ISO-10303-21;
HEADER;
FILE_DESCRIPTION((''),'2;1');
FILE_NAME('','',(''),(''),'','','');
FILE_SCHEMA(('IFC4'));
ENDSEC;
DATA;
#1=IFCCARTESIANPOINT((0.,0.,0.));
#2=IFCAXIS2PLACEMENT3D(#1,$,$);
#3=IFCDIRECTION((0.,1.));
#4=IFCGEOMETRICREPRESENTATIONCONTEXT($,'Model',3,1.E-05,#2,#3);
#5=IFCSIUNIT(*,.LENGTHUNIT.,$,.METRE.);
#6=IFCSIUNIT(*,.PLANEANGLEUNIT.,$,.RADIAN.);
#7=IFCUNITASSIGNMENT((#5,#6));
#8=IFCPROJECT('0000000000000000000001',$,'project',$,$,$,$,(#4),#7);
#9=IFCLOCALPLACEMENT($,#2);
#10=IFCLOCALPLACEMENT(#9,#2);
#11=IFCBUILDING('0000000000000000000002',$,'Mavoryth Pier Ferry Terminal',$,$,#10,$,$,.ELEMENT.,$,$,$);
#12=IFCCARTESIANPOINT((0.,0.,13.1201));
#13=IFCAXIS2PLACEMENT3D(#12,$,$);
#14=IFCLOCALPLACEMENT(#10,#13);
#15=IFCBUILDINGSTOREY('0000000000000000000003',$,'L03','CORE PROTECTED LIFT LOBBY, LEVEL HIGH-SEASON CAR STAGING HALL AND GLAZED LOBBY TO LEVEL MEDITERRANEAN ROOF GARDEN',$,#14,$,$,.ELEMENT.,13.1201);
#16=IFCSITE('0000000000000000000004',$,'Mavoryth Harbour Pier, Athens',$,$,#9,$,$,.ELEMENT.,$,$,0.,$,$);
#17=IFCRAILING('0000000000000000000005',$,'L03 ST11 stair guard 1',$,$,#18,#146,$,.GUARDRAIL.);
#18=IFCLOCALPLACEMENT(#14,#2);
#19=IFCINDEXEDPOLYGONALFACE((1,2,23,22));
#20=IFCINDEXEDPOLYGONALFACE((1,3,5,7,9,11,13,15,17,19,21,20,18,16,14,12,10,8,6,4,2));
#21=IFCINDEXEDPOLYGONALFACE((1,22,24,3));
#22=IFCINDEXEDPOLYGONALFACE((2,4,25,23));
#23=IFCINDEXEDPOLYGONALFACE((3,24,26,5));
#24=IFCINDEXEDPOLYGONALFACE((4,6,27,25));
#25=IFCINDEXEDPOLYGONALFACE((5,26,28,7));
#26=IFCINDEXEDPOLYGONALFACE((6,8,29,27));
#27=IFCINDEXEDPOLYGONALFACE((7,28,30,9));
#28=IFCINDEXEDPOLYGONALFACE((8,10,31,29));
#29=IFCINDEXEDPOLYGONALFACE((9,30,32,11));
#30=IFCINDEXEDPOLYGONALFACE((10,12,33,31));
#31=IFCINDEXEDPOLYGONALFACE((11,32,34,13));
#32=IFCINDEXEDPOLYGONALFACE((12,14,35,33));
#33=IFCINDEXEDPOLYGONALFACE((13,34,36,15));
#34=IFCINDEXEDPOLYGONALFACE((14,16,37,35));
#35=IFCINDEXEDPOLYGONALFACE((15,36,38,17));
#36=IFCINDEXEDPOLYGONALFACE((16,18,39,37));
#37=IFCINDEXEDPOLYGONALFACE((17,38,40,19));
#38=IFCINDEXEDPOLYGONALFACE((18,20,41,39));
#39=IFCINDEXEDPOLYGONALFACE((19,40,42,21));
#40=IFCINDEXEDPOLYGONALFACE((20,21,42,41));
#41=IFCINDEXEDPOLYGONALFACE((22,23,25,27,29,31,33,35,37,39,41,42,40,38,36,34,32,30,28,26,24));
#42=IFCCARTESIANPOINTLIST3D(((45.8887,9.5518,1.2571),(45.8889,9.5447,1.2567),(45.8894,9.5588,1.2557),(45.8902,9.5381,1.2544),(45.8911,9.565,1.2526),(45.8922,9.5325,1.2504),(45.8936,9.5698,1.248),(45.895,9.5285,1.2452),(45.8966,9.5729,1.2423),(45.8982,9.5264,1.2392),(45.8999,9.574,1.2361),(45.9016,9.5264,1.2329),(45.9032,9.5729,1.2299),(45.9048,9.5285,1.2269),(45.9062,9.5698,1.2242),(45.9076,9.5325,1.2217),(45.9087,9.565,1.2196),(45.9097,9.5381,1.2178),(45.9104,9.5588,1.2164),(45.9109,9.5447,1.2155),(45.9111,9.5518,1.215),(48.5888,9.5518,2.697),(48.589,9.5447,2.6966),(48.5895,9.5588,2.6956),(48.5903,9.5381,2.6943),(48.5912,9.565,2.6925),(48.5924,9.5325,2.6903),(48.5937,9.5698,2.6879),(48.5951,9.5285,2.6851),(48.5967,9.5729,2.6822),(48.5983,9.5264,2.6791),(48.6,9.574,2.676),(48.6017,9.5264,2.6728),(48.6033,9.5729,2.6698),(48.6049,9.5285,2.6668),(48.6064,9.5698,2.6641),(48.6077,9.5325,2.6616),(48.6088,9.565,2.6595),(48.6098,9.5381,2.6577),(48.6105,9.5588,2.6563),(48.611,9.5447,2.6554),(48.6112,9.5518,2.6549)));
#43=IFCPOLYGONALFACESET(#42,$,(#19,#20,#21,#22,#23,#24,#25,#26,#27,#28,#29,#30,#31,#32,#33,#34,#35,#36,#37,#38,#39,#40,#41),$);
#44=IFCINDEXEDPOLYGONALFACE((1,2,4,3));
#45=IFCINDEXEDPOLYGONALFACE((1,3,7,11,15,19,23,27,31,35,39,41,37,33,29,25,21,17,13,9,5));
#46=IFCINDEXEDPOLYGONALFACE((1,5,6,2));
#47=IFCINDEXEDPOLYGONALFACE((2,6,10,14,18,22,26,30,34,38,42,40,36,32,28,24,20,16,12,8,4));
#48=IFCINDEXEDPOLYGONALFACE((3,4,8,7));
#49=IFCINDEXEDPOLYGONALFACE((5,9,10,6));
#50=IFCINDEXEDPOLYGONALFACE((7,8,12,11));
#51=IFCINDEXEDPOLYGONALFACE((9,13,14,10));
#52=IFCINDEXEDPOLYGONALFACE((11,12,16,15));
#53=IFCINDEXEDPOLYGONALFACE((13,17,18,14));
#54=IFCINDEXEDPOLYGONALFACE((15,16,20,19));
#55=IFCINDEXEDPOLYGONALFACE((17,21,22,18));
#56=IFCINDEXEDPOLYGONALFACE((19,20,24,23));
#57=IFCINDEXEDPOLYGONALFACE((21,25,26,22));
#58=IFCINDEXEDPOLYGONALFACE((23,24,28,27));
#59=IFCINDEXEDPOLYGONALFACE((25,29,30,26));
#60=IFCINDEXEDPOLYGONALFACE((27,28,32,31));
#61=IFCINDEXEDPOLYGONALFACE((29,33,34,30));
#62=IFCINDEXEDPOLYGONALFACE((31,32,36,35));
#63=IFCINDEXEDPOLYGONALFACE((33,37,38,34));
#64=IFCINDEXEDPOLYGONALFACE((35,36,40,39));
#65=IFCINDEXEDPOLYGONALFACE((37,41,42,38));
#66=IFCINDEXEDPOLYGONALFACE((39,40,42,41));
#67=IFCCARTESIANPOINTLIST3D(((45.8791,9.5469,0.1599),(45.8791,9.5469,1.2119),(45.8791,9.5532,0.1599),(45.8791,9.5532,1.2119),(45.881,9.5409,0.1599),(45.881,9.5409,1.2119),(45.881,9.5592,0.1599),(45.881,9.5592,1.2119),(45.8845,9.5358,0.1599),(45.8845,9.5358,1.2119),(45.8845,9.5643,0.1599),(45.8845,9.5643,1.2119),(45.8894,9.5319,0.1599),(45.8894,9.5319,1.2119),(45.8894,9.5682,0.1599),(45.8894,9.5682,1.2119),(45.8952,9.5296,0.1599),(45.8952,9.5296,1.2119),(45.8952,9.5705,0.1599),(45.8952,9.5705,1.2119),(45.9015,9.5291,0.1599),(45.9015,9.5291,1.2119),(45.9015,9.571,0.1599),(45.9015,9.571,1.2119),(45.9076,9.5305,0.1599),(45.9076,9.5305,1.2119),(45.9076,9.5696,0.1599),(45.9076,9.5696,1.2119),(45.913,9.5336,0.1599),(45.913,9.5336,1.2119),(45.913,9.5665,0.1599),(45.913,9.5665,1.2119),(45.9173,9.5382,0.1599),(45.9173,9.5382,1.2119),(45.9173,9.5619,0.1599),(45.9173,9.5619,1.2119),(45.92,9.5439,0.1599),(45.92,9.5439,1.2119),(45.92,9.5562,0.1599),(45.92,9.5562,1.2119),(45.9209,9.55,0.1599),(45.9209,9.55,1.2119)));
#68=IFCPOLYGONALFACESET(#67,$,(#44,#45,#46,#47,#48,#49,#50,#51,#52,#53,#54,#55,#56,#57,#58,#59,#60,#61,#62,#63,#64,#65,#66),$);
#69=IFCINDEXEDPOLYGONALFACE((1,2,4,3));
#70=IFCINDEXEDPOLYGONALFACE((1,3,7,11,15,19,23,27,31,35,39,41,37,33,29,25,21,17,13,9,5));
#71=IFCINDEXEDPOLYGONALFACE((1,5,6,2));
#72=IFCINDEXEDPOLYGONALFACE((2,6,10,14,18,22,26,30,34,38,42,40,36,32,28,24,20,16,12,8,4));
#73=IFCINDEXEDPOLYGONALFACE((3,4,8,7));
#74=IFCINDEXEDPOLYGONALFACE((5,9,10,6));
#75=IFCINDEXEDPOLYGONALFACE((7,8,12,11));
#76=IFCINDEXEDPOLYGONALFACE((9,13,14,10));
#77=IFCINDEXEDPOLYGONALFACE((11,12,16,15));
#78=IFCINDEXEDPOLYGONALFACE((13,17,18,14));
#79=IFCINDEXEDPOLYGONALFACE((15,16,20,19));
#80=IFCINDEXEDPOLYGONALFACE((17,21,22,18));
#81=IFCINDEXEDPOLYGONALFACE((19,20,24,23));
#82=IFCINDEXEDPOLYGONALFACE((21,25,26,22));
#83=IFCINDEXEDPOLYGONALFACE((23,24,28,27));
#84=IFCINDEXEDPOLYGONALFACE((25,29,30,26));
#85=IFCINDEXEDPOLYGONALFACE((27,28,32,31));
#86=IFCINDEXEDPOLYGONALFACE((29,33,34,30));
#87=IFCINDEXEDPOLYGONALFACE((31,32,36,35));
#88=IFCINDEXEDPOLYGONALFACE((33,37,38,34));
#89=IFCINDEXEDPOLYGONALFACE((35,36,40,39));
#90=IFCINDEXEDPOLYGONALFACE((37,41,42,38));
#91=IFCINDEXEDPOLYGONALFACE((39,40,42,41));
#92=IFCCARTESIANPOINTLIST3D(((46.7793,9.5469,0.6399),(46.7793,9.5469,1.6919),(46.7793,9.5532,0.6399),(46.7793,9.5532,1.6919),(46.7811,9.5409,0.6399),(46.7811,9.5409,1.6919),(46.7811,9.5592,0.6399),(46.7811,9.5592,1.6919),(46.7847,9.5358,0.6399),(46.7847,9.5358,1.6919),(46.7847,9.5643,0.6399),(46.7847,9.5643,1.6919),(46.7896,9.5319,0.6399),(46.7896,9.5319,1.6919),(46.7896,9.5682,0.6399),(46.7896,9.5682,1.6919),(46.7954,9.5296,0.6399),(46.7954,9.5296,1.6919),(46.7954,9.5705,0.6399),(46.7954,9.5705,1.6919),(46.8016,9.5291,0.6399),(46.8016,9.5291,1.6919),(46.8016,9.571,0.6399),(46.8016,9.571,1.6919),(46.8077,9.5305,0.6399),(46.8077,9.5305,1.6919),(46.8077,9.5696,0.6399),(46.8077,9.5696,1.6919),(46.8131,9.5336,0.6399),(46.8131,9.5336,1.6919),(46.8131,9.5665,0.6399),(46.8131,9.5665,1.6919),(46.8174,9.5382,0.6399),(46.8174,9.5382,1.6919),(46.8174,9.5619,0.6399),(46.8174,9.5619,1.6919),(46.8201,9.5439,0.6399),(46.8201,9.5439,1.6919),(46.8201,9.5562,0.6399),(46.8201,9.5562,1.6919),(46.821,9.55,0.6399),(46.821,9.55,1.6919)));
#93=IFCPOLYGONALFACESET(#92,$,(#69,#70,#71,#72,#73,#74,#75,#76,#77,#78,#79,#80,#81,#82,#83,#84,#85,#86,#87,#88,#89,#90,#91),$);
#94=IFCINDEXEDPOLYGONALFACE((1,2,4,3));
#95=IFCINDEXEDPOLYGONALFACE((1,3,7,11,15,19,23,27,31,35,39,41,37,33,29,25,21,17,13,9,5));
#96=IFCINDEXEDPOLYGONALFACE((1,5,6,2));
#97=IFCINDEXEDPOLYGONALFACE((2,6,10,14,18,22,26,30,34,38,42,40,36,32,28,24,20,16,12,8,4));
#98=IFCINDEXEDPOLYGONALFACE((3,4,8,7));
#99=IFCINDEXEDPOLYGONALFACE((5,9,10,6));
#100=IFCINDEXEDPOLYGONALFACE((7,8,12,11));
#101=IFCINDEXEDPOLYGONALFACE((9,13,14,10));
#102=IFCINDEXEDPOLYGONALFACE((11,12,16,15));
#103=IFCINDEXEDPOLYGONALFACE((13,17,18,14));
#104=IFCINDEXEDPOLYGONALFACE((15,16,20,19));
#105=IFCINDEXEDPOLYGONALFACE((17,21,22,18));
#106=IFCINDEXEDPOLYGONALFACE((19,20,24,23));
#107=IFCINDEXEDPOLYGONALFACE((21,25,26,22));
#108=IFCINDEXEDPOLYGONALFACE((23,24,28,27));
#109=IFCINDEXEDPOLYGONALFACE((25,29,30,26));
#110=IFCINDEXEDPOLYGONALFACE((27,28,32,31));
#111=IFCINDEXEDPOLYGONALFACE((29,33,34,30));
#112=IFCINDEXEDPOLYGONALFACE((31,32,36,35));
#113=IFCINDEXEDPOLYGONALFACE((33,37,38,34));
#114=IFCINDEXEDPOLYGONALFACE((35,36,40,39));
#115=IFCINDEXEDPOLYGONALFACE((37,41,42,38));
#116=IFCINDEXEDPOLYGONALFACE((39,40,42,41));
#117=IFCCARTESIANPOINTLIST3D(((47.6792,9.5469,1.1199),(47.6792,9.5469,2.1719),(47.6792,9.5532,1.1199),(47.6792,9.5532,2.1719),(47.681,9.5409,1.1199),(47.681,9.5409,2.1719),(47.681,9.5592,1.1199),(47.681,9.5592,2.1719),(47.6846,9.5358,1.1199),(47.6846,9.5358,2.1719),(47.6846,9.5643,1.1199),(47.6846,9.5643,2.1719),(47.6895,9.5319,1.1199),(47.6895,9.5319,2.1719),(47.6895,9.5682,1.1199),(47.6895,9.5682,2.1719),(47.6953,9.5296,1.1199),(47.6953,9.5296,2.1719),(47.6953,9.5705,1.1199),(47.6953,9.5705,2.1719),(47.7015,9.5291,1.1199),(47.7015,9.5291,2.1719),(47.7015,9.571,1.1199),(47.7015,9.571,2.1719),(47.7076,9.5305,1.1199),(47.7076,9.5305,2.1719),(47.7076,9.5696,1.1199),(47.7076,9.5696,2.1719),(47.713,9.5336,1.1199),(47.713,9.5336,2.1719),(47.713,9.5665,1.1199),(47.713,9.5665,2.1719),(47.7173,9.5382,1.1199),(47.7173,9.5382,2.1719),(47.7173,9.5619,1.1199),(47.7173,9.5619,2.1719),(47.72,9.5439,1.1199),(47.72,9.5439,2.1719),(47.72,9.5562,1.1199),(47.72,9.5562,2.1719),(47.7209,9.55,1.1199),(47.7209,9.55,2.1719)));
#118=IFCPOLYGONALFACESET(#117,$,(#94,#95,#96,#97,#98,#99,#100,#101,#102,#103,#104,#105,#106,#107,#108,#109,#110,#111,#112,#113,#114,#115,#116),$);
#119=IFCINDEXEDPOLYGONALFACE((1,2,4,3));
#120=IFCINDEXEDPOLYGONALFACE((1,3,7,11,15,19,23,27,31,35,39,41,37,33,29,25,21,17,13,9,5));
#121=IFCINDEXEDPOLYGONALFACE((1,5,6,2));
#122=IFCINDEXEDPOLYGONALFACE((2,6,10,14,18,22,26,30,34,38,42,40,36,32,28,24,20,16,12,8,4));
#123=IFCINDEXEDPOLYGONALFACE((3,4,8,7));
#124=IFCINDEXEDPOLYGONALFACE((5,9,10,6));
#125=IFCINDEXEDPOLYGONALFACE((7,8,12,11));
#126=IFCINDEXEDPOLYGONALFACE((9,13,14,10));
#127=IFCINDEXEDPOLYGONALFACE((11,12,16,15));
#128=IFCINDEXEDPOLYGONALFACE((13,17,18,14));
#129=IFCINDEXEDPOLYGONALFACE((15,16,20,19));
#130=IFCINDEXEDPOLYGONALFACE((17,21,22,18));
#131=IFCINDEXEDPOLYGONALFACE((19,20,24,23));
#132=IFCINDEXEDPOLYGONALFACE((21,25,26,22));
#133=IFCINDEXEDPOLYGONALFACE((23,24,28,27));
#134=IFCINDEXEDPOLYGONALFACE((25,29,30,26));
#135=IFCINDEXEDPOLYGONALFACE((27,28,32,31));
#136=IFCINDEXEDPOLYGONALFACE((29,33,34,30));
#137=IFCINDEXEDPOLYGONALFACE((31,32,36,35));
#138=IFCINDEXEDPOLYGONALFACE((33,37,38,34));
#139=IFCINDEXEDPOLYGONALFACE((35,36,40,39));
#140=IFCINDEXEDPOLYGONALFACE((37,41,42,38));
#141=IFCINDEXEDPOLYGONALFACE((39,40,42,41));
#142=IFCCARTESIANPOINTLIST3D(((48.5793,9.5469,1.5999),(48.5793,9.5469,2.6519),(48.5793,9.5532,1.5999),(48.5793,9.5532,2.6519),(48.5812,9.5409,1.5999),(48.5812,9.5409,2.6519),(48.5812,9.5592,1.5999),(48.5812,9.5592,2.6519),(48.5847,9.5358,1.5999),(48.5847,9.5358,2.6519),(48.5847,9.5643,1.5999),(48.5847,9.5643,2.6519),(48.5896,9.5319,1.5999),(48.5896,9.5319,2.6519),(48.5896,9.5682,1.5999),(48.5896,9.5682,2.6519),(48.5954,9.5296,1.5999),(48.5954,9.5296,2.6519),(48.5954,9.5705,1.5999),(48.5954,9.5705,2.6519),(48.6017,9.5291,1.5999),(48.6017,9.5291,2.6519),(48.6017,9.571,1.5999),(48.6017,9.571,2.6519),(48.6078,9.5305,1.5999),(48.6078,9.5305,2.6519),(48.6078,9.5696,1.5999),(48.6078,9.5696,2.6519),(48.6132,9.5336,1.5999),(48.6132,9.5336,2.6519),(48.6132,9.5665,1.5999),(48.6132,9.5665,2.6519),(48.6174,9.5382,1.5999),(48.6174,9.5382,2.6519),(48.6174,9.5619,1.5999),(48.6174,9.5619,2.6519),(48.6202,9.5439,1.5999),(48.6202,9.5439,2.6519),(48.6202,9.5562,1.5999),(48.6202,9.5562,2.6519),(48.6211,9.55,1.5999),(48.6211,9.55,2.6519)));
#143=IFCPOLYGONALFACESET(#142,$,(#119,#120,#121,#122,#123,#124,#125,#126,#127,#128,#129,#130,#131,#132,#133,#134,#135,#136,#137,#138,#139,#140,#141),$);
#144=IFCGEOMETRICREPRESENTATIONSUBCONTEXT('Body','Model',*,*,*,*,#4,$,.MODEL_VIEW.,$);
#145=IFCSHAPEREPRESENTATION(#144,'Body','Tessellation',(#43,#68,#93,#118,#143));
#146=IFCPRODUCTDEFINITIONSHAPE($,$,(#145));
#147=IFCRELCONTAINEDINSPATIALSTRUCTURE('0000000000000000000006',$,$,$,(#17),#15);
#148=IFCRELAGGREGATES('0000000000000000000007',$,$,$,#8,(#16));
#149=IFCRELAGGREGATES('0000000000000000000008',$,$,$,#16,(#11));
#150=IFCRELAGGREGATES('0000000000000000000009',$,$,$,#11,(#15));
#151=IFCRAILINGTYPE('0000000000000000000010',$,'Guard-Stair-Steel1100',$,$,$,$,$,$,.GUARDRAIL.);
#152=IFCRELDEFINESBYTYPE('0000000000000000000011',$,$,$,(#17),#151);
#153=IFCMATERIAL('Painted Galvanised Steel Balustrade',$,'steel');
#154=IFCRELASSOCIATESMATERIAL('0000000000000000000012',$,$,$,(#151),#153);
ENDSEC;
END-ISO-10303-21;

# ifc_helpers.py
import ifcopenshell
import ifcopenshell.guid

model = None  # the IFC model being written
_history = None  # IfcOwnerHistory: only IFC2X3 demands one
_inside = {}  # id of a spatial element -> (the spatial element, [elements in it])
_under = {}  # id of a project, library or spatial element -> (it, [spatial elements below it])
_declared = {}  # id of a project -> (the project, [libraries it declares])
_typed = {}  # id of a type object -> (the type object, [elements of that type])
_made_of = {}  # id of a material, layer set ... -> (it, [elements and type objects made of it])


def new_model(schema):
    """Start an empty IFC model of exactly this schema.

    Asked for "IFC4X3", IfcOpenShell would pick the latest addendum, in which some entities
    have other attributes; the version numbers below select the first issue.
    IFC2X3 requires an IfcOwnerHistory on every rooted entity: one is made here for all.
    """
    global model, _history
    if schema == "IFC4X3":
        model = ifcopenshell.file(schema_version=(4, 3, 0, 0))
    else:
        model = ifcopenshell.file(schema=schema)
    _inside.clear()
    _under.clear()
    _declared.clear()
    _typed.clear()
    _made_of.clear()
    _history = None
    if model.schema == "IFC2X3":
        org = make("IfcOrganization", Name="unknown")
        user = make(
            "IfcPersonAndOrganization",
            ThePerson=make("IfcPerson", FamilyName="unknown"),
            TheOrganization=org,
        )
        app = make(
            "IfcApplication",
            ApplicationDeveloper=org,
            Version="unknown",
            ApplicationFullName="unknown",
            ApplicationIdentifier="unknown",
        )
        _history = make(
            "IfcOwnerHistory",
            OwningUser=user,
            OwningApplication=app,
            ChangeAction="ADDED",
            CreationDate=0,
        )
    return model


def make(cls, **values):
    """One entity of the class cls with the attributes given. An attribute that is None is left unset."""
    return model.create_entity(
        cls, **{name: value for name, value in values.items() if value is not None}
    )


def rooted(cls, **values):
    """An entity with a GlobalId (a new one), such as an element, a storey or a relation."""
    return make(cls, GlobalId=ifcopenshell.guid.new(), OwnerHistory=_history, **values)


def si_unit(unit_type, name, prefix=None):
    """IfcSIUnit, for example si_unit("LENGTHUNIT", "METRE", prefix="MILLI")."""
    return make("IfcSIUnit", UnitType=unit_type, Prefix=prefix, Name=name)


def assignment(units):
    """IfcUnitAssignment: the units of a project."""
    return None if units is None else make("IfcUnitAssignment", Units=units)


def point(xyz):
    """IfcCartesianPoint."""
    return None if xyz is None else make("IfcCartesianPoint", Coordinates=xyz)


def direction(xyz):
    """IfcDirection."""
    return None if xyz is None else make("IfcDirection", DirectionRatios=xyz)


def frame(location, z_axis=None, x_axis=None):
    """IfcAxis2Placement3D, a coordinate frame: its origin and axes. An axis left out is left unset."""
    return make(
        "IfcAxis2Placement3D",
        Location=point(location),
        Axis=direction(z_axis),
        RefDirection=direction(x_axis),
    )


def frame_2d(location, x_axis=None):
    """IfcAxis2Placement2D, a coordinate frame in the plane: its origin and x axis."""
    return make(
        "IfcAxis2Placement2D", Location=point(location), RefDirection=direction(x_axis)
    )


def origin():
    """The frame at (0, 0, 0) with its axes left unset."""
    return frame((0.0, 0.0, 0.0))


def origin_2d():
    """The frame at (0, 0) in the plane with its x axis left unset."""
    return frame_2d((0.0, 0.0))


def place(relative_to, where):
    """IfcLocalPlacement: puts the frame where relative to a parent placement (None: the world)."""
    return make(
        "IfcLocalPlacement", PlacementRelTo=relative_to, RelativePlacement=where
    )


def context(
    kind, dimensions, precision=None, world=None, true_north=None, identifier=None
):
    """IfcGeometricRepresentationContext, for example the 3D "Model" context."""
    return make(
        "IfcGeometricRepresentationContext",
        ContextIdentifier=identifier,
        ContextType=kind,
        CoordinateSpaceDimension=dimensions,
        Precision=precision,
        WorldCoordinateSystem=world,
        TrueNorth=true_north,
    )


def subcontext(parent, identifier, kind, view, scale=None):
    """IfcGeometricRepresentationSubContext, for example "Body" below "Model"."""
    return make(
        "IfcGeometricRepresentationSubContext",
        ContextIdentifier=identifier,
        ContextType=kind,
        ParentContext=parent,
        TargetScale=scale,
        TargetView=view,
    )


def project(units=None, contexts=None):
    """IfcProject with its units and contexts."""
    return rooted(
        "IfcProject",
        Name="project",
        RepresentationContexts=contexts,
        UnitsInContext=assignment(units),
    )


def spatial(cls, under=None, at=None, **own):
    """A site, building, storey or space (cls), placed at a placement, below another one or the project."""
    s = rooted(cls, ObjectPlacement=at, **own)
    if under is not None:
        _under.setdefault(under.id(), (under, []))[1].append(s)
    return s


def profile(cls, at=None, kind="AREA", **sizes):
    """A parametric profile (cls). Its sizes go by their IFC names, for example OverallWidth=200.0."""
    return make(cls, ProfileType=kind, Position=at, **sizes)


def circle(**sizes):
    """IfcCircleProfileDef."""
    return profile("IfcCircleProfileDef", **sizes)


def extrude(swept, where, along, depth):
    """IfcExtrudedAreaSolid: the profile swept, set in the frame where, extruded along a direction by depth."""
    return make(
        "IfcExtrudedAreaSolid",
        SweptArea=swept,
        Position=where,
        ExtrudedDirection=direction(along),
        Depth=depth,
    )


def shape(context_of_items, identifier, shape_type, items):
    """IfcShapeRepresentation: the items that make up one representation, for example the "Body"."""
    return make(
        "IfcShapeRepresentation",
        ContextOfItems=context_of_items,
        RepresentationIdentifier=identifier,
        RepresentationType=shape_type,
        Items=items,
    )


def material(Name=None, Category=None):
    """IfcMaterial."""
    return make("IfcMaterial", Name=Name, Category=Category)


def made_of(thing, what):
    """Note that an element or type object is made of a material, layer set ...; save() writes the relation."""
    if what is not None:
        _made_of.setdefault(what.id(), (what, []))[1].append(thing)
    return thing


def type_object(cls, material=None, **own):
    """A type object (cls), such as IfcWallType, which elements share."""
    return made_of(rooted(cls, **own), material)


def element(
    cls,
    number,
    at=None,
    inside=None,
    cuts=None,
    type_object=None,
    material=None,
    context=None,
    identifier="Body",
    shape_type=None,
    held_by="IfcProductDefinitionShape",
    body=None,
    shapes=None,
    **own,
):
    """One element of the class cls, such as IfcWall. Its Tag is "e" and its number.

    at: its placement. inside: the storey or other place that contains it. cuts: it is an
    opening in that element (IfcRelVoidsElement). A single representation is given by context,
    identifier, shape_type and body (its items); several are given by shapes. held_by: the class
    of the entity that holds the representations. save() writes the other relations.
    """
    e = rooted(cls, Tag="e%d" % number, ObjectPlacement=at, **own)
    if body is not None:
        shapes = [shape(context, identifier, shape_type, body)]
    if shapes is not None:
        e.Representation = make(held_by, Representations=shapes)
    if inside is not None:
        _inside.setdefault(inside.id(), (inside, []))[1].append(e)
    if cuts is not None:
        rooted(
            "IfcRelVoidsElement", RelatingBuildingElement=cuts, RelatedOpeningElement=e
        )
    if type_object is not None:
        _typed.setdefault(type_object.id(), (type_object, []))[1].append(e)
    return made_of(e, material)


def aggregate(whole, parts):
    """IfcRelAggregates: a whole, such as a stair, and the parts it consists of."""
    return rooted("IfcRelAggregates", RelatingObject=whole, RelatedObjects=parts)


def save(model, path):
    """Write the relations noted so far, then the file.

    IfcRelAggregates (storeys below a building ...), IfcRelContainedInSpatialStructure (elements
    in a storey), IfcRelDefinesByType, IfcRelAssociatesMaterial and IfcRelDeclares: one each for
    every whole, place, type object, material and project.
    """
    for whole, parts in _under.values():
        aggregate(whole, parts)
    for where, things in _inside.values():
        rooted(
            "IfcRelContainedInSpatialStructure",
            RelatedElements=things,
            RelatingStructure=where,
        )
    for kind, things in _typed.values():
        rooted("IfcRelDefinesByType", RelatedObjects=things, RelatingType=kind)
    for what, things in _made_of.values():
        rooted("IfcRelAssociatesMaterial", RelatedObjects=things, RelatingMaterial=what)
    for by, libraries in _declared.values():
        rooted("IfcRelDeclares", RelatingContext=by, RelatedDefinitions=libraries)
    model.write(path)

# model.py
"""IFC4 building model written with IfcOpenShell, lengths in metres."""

from ifc_helpers import new_model, si_unit, direction, frame, origin, origin_2d, place, context, subcontext, project, spatial, circle, extrude, material, type_object, element, save


model = new_model("IFC4")

# Units and contexts
model_context = context("Model", 3, precision=1e-05, world=origin(), true_north=direction((0.0, 1.0)))
body_context = subcontext(model_context, "Body", "Model", "MODEL_VIEW")
ifc_project = project(units=[si_unit("LENGTHUNIT", "METRE"), si_unit("PLANEANGLEUNIT", "RADIAN")], contexts=[model_context])

# Site, building, storey
site_placement = place(None, origin())
site = spatial("IfcSite", under=ifc_project, at=site_placement, Name="Mavoryth Harbour Pier, Athens", CompositionType="ELEMENT", RefElevation=0.0)
building_placement = place(site_placement, origin())
building = spatial("IfcBuilding", under=site, at=building_placement, Name="Mavoryth Pier Ferry Terminal", CompositionType="ELEMENT")
storey_placement = place(building_placement, frame((0.0, 0.0, 13.1201)))
storey = spatial("IfcBuildingStorey", under=building, at=storey_placement, Name="L03", Description="CORE PROTECTED LIFT LOBBY, LEVEL HIGH-SEASON CAR STAGING HALL AND GLAZED LOBBY TO LEVEL MEDITERRANEAN ROOF GARDEN", CompositionType="ELEMENT", Elevation=13.1201)

# Railing
ifc_material_1 = material(Name="Painted Galvanised Steel Balustrade", Category="steel")
railing_type_1 = type_object("IfcRailingType", Name="Guard-Stair-Steel1100", PredefinedType="GUARDRAIL", material=ifc_material_1)
railing_1_placement = place(storey_placement, frame((45.8999, 9.55, 0.1599)))
element("IfcRailing", 1, at=railing_1_placement, inside=storey, type_object=railing_type_1, Name="L03 ST11 stair guard 1", PredefinedType="GUARDRAIL", context=body_context, shape_type="SweptSolid", body=[
    extrude(circle(Radius=0.0239, at=origin_2d()), frame((0.0, 0.0, 1.0762), z_axis=(0.882375, 0.0, 0.470547), x_axis=(0.0, 1.0, 0.0)), (0.0, 0.0, 1.0), 3.0601),
    extrude(circle(Radius=0.021, at=origin_2d()), origin(), (0.0, 0.0, 1.0), 1.052),
    extrude(circle(Radius=0.021, at=origin_2d()), frame((0.9001, 0.0, 0.48)), (0.0, 0.0, 1.0), 1.052),
    extrude(circle(Radius=0.021, at=origin_2d()), frame((1.8, 0.0, 0.96)), (0.0, 0.0, 1.0), 1.052),
    extrude(circle(Radius=0.021, at=origin_2d()), frame((2.7002, 0.0, 1.4399)), (0.0, 0.0, 1.0), 1.052),
])

save(model, "model.ifc")
